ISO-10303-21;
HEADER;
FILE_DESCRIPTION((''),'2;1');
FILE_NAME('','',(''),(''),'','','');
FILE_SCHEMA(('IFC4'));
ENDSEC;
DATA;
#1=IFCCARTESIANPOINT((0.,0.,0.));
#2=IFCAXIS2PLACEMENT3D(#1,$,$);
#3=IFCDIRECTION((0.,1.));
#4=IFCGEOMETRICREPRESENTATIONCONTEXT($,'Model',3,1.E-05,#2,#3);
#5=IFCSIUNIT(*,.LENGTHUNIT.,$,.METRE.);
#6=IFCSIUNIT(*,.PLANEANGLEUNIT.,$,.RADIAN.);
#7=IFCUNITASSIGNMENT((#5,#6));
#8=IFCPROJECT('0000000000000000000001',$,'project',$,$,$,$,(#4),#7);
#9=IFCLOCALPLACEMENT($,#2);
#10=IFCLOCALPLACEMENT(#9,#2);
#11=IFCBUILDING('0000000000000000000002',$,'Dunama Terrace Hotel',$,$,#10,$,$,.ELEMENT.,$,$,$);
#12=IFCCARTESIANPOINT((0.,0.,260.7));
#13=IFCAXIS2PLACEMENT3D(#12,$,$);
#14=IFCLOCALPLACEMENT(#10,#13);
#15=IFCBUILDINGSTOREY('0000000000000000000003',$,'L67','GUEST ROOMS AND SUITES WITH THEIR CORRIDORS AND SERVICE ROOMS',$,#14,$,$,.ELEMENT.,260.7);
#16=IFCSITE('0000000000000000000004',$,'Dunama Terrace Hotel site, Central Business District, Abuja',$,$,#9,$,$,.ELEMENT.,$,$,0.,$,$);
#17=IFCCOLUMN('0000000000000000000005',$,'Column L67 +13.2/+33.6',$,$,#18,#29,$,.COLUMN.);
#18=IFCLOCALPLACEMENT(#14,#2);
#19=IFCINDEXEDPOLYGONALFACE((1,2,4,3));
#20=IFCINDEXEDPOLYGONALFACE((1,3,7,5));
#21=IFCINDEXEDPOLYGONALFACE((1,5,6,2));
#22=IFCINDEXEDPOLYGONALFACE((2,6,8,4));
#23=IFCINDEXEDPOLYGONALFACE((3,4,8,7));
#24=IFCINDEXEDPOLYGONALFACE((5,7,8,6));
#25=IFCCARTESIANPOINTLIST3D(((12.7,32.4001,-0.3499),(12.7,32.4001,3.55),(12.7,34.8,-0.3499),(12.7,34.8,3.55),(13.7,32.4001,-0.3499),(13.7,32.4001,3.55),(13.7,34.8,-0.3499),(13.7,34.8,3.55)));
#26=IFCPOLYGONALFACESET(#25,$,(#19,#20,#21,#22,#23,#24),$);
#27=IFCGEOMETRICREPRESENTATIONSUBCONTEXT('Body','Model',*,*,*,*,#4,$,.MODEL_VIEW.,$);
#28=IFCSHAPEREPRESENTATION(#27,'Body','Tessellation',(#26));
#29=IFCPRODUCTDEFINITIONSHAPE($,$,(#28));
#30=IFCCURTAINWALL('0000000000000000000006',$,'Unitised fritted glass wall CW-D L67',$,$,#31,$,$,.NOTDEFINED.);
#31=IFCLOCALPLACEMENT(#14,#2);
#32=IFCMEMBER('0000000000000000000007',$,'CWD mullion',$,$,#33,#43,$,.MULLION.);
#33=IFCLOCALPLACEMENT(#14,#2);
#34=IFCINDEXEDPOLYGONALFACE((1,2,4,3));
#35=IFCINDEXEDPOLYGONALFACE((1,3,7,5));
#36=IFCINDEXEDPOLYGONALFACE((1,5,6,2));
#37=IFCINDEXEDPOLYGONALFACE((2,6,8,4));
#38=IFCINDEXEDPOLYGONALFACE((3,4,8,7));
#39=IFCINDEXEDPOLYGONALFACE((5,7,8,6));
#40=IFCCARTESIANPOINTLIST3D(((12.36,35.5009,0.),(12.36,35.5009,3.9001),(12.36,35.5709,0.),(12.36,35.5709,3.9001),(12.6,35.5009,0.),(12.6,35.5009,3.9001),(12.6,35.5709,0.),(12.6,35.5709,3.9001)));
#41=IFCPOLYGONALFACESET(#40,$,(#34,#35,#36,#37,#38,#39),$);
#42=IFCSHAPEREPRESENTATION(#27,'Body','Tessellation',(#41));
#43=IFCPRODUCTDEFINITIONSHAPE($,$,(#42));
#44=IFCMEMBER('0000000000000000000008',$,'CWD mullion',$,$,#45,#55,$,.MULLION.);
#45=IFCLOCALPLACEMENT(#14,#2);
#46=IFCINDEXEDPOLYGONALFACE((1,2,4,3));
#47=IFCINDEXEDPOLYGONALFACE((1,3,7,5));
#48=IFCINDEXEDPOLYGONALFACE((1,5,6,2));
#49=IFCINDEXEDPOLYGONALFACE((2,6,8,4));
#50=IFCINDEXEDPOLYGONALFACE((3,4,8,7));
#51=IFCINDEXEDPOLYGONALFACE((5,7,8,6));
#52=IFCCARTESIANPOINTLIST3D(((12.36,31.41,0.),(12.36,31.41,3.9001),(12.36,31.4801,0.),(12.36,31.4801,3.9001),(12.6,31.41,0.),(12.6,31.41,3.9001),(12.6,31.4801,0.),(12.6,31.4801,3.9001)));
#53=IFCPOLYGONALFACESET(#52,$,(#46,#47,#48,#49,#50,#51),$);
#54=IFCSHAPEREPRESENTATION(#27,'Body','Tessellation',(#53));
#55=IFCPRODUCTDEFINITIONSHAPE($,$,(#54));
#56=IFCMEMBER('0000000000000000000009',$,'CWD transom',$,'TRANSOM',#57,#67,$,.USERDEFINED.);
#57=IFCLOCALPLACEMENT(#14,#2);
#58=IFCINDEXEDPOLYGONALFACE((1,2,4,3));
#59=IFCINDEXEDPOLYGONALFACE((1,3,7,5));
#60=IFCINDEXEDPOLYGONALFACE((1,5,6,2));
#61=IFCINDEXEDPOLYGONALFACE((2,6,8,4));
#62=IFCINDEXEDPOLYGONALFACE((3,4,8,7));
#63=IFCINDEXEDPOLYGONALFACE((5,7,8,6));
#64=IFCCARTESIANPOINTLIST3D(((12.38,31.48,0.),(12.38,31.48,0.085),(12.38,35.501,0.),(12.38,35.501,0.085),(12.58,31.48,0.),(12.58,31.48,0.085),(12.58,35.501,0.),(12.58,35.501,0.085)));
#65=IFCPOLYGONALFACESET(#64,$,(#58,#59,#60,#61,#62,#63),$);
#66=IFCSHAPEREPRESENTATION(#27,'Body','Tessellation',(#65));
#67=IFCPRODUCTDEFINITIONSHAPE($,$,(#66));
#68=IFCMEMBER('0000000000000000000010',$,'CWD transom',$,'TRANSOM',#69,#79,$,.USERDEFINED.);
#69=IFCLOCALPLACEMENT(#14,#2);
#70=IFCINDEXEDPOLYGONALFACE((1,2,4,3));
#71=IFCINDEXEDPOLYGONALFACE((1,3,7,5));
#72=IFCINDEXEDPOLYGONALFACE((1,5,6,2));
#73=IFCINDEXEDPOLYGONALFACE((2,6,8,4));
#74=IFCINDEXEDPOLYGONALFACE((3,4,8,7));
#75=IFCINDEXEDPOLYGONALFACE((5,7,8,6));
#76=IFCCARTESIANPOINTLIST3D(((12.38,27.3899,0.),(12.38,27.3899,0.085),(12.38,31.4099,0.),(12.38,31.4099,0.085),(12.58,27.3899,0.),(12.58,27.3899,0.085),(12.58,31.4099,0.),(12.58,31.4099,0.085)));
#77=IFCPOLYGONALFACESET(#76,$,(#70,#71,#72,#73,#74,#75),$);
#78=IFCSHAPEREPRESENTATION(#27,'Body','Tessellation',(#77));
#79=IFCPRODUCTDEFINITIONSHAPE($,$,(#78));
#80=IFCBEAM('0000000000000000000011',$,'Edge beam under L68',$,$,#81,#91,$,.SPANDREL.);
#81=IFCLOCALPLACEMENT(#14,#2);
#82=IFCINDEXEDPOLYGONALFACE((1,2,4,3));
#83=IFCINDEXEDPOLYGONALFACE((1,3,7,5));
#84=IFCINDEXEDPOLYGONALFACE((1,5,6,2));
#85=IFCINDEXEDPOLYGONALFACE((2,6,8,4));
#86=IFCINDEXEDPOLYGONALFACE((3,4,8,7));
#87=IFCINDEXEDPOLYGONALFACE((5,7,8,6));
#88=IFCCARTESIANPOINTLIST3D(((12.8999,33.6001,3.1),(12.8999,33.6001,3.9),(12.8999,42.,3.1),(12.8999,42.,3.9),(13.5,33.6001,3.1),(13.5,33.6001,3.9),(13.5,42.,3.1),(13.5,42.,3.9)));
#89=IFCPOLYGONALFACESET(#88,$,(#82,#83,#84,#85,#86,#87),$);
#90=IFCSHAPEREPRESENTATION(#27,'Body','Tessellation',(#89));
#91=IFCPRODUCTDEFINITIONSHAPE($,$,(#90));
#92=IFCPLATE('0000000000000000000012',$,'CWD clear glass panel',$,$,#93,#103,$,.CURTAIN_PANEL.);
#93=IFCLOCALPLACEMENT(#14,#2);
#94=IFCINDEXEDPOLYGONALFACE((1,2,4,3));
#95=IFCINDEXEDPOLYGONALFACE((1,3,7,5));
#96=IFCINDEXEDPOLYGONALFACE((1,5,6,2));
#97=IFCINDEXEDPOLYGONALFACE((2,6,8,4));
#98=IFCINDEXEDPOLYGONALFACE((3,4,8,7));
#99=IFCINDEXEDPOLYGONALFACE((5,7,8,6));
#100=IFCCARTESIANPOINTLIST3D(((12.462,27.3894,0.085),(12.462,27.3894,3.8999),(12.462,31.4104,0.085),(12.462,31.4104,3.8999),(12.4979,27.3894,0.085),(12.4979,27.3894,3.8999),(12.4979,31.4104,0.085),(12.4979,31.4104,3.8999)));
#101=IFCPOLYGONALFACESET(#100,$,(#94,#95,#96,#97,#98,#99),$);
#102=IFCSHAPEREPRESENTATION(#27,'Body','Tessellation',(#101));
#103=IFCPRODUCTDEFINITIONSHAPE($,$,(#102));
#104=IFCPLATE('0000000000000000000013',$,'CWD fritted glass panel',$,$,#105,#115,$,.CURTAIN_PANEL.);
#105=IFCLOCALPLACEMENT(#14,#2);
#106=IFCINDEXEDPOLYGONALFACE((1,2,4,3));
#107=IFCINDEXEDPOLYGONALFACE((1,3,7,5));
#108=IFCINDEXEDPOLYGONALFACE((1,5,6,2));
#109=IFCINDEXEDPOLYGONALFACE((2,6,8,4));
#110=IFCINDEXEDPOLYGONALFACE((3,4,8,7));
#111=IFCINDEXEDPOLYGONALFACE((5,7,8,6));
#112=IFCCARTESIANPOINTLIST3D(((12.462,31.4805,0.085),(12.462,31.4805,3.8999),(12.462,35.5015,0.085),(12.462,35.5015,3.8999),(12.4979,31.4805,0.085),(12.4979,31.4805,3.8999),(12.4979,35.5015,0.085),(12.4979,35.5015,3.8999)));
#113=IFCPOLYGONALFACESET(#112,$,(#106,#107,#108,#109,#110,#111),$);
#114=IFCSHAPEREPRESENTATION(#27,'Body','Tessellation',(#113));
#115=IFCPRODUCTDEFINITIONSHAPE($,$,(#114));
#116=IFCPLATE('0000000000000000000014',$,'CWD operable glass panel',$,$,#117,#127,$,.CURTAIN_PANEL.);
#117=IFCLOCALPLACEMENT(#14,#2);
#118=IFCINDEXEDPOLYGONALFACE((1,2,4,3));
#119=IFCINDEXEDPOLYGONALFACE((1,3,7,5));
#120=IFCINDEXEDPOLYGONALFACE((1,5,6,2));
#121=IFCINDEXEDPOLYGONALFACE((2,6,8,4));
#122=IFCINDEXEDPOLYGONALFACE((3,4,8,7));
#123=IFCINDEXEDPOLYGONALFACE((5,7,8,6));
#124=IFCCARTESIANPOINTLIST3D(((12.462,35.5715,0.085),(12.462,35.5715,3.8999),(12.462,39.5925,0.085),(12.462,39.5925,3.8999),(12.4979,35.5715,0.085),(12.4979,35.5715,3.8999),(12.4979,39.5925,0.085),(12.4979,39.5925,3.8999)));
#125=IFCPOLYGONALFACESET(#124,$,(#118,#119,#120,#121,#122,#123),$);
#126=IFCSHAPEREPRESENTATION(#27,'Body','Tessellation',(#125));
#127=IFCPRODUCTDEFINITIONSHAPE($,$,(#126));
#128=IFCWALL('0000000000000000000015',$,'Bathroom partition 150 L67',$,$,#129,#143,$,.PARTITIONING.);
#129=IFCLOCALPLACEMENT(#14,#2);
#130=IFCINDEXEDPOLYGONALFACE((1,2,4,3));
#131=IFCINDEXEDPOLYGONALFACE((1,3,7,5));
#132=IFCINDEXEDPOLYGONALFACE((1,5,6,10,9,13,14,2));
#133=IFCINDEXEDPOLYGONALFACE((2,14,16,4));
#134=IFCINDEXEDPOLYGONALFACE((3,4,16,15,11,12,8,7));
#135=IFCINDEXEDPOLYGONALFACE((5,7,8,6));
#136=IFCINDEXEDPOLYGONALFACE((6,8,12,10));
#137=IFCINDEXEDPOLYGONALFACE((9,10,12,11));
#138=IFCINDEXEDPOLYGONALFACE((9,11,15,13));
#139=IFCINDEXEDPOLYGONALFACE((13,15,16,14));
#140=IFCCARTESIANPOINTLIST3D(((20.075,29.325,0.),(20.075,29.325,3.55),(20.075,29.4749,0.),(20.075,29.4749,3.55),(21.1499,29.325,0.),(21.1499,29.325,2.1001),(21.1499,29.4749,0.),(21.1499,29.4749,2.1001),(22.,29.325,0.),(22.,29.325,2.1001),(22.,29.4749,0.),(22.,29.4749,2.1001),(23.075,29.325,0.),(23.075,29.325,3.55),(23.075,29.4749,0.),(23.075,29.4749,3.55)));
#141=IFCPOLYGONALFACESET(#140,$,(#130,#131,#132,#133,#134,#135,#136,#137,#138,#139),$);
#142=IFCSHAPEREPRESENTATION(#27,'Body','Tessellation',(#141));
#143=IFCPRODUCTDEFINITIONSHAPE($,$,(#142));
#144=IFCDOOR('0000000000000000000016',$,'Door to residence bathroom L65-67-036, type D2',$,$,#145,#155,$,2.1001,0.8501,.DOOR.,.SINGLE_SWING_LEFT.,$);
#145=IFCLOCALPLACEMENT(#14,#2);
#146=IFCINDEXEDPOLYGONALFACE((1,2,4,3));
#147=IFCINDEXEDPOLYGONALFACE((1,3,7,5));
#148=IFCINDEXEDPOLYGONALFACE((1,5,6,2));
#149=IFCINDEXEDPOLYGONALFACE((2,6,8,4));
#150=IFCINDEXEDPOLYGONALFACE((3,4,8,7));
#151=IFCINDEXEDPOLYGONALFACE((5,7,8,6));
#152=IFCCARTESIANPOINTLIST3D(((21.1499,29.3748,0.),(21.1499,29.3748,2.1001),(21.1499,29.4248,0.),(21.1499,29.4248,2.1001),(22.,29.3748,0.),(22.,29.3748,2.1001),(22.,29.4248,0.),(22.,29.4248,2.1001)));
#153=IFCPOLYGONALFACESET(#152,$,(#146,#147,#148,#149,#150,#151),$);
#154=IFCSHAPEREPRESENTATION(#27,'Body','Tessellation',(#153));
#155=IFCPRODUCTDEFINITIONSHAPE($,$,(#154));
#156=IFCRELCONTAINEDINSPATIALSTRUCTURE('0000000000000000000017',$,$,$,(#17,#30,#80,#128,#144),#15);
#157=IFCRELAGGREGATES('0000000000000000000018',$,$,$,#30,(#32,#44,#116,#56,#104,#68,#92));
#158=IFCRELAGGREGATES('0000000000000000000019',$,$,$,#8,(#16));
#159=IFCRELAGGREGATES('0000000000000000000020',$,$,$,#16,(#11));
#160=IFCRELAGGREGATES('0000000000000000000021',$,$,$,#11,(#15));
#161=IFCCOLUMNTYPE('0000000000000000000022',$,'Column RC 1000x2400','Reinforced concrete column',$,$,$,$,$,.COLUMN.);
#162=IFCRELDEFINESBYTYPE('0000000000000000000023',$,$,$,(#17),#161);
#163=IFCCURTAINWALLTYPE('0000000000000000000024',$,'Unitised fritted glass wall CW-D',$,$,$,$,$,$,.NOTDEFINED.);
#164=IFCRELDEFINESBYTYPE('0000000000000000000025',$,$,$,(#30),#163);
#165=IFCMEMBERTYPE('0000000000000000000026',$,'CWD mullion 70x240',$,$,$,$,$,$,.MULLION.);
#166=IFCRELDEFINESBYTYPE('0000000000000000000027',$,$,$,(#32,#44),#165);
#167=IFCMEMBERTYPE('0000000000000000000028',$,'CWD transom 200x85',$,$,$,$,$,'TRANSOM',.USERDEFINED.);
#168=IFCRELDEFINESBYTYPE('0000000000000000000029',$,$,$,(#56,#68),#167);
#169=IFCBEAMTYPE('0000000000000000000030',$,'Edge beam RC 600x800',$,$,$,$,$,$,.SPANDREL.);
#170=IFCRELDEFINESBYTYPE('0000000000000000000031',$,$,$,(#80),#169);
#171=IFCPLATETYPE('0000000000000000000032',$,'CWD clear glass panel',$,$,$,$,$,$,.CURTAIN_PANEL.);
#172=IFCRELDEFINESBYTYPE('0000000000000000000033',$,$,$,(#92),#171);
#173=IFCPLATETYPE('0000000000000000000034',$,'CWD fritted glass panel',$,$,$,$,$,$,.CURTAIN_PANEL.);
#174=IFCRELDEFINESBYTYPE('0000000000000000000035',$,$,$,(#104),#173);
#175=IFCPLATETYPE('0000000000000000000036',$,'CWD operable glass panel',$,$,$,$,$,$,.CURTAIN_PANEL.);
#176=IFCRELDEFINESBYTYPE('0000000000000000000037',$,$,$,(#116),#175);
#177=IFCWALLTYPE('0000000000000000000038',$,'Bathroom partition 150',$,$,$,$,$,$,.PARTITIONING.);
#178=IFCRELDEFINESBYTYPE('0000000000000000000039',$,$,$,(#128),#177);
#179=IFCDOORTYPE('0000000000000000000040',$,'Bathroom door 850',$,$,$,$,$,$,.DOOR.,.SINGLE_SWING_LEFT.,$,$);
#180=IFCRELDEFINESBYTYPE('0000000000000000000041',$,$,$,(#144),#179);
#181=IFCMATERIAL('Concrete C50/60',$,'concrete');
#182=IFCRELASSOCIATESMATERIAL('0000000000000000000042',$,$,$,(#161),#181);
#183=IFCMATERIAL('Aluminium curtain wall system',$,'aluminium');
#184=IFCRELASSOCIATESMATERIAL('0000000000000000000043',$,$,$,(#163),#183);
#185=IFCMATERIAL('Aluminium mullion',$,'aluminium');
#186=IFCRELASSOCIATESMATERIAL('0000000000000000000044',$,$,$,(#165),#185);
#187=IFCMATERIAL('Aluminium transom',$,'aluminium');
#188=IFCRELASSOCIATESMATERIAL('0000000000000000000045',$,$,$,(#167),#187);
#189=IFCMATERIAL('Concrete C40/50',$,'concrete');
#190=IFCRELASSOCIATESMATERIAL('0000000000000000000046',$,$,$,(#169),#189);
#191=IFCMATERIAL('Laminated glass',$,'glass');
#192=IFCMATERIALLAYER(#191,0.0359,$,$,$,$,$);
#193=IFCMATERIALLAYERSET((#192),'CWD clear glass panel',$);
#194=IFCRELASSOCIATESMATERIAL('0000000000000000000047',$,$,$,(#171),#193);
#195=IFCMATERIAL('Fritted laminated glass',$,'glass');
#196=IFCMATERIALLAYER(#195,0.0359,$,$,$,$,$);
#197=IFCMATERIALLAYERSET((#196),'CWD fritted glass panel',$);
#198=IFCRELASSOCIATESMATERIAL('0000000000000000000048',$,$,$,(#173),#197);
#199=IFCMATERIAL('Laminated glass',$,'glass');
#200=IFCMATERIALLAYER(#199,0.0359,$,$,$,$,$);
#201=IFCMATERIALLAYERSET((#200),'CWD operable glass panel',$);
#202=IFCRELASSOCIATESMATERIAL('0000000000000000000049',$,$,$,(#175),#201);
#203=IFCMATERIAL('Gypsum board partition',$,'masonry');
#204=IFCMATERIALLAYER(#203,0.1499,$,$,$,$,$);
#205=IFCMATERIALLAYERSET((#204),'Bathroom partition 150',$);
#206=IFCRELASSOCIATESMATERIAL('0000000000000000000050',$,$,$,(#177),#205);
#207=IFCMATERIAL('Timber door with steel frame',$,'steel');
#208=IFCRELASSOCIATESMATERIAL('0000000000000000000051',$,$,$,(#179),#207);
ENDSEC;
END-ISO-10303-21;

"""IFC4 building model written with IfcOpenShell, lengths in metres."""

from ifc_helpers import new_model, si_unit, direction, frame, frame_2d, origin, origin_2d, place, context, subcontext, project, spatial, rectangle, extrude, material, layer, layer_set, material_profile, profile_set, type_object, element, fill, aggregate, save


model = new_model("IFC4")

# Units and contexts
model_context = context("Model", 3, precision=1e-05, world=origin(), true_north=direction((0.0, 1.0)))
body_context = subcontext(model_context, "Body", "Model", "MODEL_VIEW")
ifc_project = project(units=[si_unit("LENGTHUNIT", "METRE"), si_unit("PLANEANGLEUNIT", "RADIAN")], contexts=[model_context])

# Site, building, storey
site_placement = place(None, origin())
site = spatial("IfcSite", under=ifc_project, at=site_placement, Name="Dunama Terrace Hotel site, Central Business District, Abuja", CompositionType="ELEMENT", RefElevation=0.0)
building_placement = place(site_placement, origin())
building = spatial("IfcBuilding", under=site, at=building_placement, Name="Dunama Terrace Hotel", CompositionType="ELEMENT")
storey_placement = place(building_placement, frame((0.0, 0.0, 260.7)))
storey = spatial("IfcBuildingStorey", under=building, at=storey_placement, Name="L67", Description="GUEST ROOMS AND SUITES WITH THEIR CORRIDORS AND SERVICE ROOMS", CompositionType="ELEMENT", Elevation=260.7)

# Column
ifc_material_1 = material(Name="Concrete C50/60", Category="concrete")
ifc_material_profile_1 = material_profile(ifc_material_1, rectangle(XDim=1.0, YDim=2.3999, at=origin_2d()), Name="RC 1000x2400")
ifc_profile_set_1 = profile_set([ifc_material_profile_1], Name="Concrete C50/60")
column_type = type_object("IfcColumnType", Name="Column RC 1000x2400", Description="Reinforced concrete column", PredefinedType="COLUMN", material=ifc_profile_set_1)
column_placement = place(storey_placement, frame((13.2, 33.6001, -0.3499), z_axis=(0.0, 0.0, 1.0), x_axis=(1.0, 0.0, 0.0)))
element("IfcColumn", 1, at=column_placement, inside=storey, type_object=column_type, Name="Column L67 +13.2/+33.6", PredefinedType="COLUMN", context=body_context, shape_type="SweptSolid", body=[
    extrude(rectangle(XDim=1.0, YDim=2.3999, at=origin_2d()), origin(), (0.0, 0.0, 1.0), 3.8999),
])

# Curtain wall, members
ifc_material_2 = material(Name="Aluminium curtain wall system", Category="aluminium")
curtain_wall_type = type_object("IfcCurtainWallType", Name="Unitised fritted glass wall CW-D", PredefinedType="NOTDEFINED", material=ifc_material_2)
curtain_wall_placement = place(storey_placement, origin())
curtain_wall = element("IfcCurtainWall", 2, at=curtain_wall_placement, inside=storey, type_object=curtain_wall_type, Name="Unitised fritted glass wall CW-D L67", PredefinedType="NOTDEFINED")
ifc_material_3 = material(Name="Aluminium mullion", Category="aluminium")
ifc_material_profile_2 = material_profile(ifc_material_3, rectangle(XDim=0.0701, YDim=0.24, at=origin_2d()), Name="CWD MULLION 70X240")
ifc_profile_set_2 = profile_set([ifc_material_profile_2], Name="Aluminium mullion")
member_type_1 = type_object("IfcMemberType", Name="CWD mullion 70x240", PredefinedType="MULLION", material=ifc_profile_set_2)
member_1_placement = place(storey_placement, frame((12.48, 35.5359, 0.0), z_axis=(0.0, 0.0, 1.0), x_axis=(0.0, -1.0, 0.0)))
member_1 = element("IfcMember", 3, at=member_1_placement, type_object=member_type_1, Name="CWD mullion", PredefinedType="MULLION", context=body_context, shape_type="SweptSolid", body=[
    extrude(rectangle(XDim=0.0701, YDim=0.24, at=origin_2d()), origin(), (0.0, 0.0, 1.0), 3.9001),
])
member_2_placement = place(storey_placement, frame((12.48, 31.4451, 0.0), z_axis=(0.0, 0.0, 1.0), x_axis=(0.0, -1.0, 0.0)))
member_2 = element("IfcMember", 4, at=member_2_placement, type_object=member_type_1, Name="CWD mullion", PredefinedType="MULLION", context=body_context, shape_type="SweptSolid", body=[
    extrude(rectangle(XDim=0.0701, YDim=0.24, at=origin_2d()), origin(), (0.0, 0.0, 1.0), 3.9001),
])
ifc_material_4 = material(Name="Aluminium transom", Category="aluminium")
ifc_material_profile_3 = material_profile(ifc_material_4, rectangle(XDim=0.2, YDim=0.085, at=origin_2d()), Name="CWD TRANSOM 200X85")
ifc_profile_set_3 = profile_set([ifc_material_profile_3], Name="Aluminium transom")
member_type_2 = type_object("IfcMemberType", Name="CWD transom 200x85", ElementType="TRANSOM", PredefinedType="USERDEFINED", material=ifc_profile_set_3)
member_3_placement = place(storey_placement, frame((12.48, 35.501, 0.0425), z_axis=(0.0, -1.0, 0.0), x_axis=(1.0, 0.0, 0.0)))
member_3 = element("IfcMember", 5, at=member_3_placement, type_object=member_type_2, Name="CWD transom", ObjectType="TRANSOM", PredefinedType="USERDEFINED", context=body_context, shape_type="SweptSolid", body=[
    extrude(rectangle(XDim=0.2, YDim=0.085, at=origin_2d()), origin(), (0.0, 0.0, 1.0), 4.021),
])
member_4_placement = place(storey_placement, frame((12.48, 31.4099, 0.0425), z_axis=(0.0, -1.0, 0.0), x_axis=(1.0, 0.0, 0.0)))
member_4 = element("IfcMember", 6, at=member_4_placement, type_object=member_type_2, Name="CWD transom", ObjectType="TRANSOM", PredefinedType="USERDEFINED", context=body_context, shape_type="SweptSolid", body=[
    extrude(rectangle(XDim=0.2, YDim=0.085, at=origin_2d()), origin(), (0.0, 0.0, 1.0), 4.02),
])

# Beam
ifc_material_5 = material(Name="Concrete C40/50", Category="concrete")
ifc_material_profile_4 = material_profile(ifc_material_5, rectangle(XDim=0.6001, YDim=0.8, at=origin_2d()), Name="RC 600x800")
ifc_profile_set_4 = profile_set([ifc_material_profile_4], Name="Concrete C40/50")
beam_type = type_object("IfcBeamType", Name="Edge beam RC 600x800", PredefinedType="SPANDREL", material=ifc_profile_set_4)
beam_placement = place(storey_placement, frame((13.2, 33.6001, 3.5), z_axis=(0.0, 1.0, 0.0), x_axis=(-1.0, 0.0, 0.0)))
element("IfcBeam", 7, at=beam_placement, inside=storey, type_object=beam_type, Name="Edge beam under L68", PredefinedType="SPANDREL", context=body_context, shape_type="SweptSolid", body=[
    extrude(rectangle(XDim=0.6001, YDim=0.8, at=origin_2d()), origin(), (0.0, 0.0, 1.0), 8.3999),
])

# Plates
ifc_material_6 = material(Name="Laminated glass", Category="glass")
ifc_layer_1 = layer(ifc_material_6, 0.0359)
ifc_layer_set_1 = layer_set([ifc_layer_1], Name="CWD clear glass panel")
plate_type_1 = type_object("IfcPlateType", Name="CWD clear glass panel", PredefinedType="CURTAIN_PANEL", material=ifc_layer_set_1)
plate_1_placement = place(storey_placement, frame((12.48, 29.3999, 0.085), z_axis=(0.0, 0.0, 1.0), x_axis=(0.0, -1.0, 0.0)))
plate_1 = element("IfcPlate", 8, at=plate_1_placement, type_object=plate_type_1, Name="CWD clear glass panel", PredefinedType="CURTAIN_PANEL", context=body_context, shape_type="SweptSolid", body=[
    extrude(rectangle(XDim=4.021, YDim=0.0359, at=origin_2d()), origin(), (0.0, 0.0, 1.0), 3.8149),
])
ifc_material_7 = material(Name="Fritted laminated glass", Category="glass")
ifc_layer_2 = layer(ifc_material_7, 0.0359)
ifc_layer_set_2 = layer_set([ifc_layer_2], Name="CWD fritted glass panel")
plate_type_2 = type_object("IfcPlateType", Name="CWD fritted glass panel", PredefinedType="CURTAIN_PANEL", material=ifc_layer_set_2)
plate_2_placement = place(storey_placement, frame((12.48, 33.491, 0.085), z_axis=(0.0, 0.0, 1.0), x_axis=(0.0, -1.0, 0.0)))
plate_2 = element("IfcPlate", 9, at=plate_2_placement, type_object=plate_type_2, Name="CWD fritted glass panel", PredefinedType="CURTAIN_PANEL", context=body_context, shape_type="SweptSolid", body=[
    extrude(rectangle(XDim=4.021, YDim=0.0359, at=origin_2d()), origin(), (0.0, 0.0, 1.0), 3.8149),
])
ifc_material_8 = material(Name="Laminated glass", Category="glass")
ifc_layer_3 = layer(ifc_material_8, 0.0359)
ifc_layer_set_3 = layer_set([ifc_layer_3], Name="CWD operable glass panel")
plate_type_3 = type_object("IfcPlateType", Name="CWD operable glass panel", PredefinedType="CURTAIN_PANEL", material=ifc_layer_set_3)
plate_3_placement = place(storey_placement, frame((12.48, 37.582, 0.085), z_axis=(0.0, 0.0, 1.0), x_axis=(0.0, -1.0, 0.0)))
plate_3 = element("IfcPlate", 10, at=plate_3_placement, type_object=plate_type_3, Name="CWD operable glass panel", PredefinedType="CURTAIN_PANEL", context=body_context, shape_type="SweptSolid", body=[
    extrude(rectangle(XDim=4.021, YDim=0.0359, at=origin_2d()), origin(), (0.0, 0.0, 1.0), 3.8149),
])
aggregate(curtain_wall, [member_1, member_2, plate_3, member_3, plate_2, member_4, plate_1])

# Wall, opening, door
ifc_material_9 = material(Name="Gypsum board partition", Category="masonry")
ifc_layer_4 = layer(ifc_material_9, 0.1499)
ifc_layer_set_4 = layer_set([ifc_layer_4], Name="Bathroom partition 150")
wall_type_1 = type_object("IfcWallType", Name="Bathroom partition 150", PredefinedType="PARTITIONING", material=ifc_layer_set_4)
wall_1_placement = place(storey_placement, frame((20.075, 29.3999, 0.0), z_axis=(0.0, 0.0, 1.0), x_axis=(1.0, 0.0, 0.0)))
wall_1 = element("IfcWall", 11, at=wall_1_placement, inside=storey, type_object=wall_type_1, Name="Bathroom partition 150 L67", PredefinedType="PARTITIONING", context=body_context, shape_type="SweptSolid", body=[
    extrude(rectangle(XDim=3.0, YDim=0.1499, at=frame_2d((1.5, 0.0))), origin(), (0.0, 0.0, 1.0), 3.55),
])
opening_1_placement = place(wall_1_placement, frame((1.075, 0.0, 0.0)))
opening_1 = element("IfcOpeningElement", 12, at=opening_1_placement, cuts=wall_1, PredefinedType="OPENING", context=body_context, shape_type="SweptSolid", body=[
    extrude(rectangle(XDim=0.8501, YDim=2.1001, at=frame_2d((0.425, 1.05))), frame((0.0, 0.085, 0.0), z_axis=(0.0, -1.0, 0.0), x_axis=(1.0, 0.0, 0.0)), (0.0, 0.0, 1.0), 0.1699),
])
ifc_material_10 = material(Name="Timber door with steel frame", Category="steel")
door_type_1 = type_object("IfcDoorType", Name="Bathroom door 850", OperationType="SINGLE_SWING_LEFT", PredefinedType="DOOR", material=ifc_material_10)
door_1_placement = place(opening_1_placement, frame((0.8501, 0.0, 0.0), z_axis=(0.0, 0.0, 1.0), x_axis=(-1.0, 0.0, 0.0)))
door_1 = element("IfcDoor", 13, at=door_1_placement, inside=storey, type_object=door_type_1, Name="Door to residence bathroom L65-67-036, type D2", OperationType="SINGLE_SWING_LEFT", OverallHeight=2.1001, OverallWidth=0.8501, PredefinedType="DOOR", context=body_context, shape_type="SweptSolid", body=[
    extrude(rectangle(XDim=0.8501, YDim=2.1001, at=frame_2d((0.425, 1.05))), frame((0.0, 0.0251, 0.0), z_axis=(0.0, -1.0, 0.0), x_axis=(1.0, 0.0, 0.0)), (0.0, 0.0, 1.0), 0.05),
])
fill(opening_1, door_1)

save(model, "model.ifc")
